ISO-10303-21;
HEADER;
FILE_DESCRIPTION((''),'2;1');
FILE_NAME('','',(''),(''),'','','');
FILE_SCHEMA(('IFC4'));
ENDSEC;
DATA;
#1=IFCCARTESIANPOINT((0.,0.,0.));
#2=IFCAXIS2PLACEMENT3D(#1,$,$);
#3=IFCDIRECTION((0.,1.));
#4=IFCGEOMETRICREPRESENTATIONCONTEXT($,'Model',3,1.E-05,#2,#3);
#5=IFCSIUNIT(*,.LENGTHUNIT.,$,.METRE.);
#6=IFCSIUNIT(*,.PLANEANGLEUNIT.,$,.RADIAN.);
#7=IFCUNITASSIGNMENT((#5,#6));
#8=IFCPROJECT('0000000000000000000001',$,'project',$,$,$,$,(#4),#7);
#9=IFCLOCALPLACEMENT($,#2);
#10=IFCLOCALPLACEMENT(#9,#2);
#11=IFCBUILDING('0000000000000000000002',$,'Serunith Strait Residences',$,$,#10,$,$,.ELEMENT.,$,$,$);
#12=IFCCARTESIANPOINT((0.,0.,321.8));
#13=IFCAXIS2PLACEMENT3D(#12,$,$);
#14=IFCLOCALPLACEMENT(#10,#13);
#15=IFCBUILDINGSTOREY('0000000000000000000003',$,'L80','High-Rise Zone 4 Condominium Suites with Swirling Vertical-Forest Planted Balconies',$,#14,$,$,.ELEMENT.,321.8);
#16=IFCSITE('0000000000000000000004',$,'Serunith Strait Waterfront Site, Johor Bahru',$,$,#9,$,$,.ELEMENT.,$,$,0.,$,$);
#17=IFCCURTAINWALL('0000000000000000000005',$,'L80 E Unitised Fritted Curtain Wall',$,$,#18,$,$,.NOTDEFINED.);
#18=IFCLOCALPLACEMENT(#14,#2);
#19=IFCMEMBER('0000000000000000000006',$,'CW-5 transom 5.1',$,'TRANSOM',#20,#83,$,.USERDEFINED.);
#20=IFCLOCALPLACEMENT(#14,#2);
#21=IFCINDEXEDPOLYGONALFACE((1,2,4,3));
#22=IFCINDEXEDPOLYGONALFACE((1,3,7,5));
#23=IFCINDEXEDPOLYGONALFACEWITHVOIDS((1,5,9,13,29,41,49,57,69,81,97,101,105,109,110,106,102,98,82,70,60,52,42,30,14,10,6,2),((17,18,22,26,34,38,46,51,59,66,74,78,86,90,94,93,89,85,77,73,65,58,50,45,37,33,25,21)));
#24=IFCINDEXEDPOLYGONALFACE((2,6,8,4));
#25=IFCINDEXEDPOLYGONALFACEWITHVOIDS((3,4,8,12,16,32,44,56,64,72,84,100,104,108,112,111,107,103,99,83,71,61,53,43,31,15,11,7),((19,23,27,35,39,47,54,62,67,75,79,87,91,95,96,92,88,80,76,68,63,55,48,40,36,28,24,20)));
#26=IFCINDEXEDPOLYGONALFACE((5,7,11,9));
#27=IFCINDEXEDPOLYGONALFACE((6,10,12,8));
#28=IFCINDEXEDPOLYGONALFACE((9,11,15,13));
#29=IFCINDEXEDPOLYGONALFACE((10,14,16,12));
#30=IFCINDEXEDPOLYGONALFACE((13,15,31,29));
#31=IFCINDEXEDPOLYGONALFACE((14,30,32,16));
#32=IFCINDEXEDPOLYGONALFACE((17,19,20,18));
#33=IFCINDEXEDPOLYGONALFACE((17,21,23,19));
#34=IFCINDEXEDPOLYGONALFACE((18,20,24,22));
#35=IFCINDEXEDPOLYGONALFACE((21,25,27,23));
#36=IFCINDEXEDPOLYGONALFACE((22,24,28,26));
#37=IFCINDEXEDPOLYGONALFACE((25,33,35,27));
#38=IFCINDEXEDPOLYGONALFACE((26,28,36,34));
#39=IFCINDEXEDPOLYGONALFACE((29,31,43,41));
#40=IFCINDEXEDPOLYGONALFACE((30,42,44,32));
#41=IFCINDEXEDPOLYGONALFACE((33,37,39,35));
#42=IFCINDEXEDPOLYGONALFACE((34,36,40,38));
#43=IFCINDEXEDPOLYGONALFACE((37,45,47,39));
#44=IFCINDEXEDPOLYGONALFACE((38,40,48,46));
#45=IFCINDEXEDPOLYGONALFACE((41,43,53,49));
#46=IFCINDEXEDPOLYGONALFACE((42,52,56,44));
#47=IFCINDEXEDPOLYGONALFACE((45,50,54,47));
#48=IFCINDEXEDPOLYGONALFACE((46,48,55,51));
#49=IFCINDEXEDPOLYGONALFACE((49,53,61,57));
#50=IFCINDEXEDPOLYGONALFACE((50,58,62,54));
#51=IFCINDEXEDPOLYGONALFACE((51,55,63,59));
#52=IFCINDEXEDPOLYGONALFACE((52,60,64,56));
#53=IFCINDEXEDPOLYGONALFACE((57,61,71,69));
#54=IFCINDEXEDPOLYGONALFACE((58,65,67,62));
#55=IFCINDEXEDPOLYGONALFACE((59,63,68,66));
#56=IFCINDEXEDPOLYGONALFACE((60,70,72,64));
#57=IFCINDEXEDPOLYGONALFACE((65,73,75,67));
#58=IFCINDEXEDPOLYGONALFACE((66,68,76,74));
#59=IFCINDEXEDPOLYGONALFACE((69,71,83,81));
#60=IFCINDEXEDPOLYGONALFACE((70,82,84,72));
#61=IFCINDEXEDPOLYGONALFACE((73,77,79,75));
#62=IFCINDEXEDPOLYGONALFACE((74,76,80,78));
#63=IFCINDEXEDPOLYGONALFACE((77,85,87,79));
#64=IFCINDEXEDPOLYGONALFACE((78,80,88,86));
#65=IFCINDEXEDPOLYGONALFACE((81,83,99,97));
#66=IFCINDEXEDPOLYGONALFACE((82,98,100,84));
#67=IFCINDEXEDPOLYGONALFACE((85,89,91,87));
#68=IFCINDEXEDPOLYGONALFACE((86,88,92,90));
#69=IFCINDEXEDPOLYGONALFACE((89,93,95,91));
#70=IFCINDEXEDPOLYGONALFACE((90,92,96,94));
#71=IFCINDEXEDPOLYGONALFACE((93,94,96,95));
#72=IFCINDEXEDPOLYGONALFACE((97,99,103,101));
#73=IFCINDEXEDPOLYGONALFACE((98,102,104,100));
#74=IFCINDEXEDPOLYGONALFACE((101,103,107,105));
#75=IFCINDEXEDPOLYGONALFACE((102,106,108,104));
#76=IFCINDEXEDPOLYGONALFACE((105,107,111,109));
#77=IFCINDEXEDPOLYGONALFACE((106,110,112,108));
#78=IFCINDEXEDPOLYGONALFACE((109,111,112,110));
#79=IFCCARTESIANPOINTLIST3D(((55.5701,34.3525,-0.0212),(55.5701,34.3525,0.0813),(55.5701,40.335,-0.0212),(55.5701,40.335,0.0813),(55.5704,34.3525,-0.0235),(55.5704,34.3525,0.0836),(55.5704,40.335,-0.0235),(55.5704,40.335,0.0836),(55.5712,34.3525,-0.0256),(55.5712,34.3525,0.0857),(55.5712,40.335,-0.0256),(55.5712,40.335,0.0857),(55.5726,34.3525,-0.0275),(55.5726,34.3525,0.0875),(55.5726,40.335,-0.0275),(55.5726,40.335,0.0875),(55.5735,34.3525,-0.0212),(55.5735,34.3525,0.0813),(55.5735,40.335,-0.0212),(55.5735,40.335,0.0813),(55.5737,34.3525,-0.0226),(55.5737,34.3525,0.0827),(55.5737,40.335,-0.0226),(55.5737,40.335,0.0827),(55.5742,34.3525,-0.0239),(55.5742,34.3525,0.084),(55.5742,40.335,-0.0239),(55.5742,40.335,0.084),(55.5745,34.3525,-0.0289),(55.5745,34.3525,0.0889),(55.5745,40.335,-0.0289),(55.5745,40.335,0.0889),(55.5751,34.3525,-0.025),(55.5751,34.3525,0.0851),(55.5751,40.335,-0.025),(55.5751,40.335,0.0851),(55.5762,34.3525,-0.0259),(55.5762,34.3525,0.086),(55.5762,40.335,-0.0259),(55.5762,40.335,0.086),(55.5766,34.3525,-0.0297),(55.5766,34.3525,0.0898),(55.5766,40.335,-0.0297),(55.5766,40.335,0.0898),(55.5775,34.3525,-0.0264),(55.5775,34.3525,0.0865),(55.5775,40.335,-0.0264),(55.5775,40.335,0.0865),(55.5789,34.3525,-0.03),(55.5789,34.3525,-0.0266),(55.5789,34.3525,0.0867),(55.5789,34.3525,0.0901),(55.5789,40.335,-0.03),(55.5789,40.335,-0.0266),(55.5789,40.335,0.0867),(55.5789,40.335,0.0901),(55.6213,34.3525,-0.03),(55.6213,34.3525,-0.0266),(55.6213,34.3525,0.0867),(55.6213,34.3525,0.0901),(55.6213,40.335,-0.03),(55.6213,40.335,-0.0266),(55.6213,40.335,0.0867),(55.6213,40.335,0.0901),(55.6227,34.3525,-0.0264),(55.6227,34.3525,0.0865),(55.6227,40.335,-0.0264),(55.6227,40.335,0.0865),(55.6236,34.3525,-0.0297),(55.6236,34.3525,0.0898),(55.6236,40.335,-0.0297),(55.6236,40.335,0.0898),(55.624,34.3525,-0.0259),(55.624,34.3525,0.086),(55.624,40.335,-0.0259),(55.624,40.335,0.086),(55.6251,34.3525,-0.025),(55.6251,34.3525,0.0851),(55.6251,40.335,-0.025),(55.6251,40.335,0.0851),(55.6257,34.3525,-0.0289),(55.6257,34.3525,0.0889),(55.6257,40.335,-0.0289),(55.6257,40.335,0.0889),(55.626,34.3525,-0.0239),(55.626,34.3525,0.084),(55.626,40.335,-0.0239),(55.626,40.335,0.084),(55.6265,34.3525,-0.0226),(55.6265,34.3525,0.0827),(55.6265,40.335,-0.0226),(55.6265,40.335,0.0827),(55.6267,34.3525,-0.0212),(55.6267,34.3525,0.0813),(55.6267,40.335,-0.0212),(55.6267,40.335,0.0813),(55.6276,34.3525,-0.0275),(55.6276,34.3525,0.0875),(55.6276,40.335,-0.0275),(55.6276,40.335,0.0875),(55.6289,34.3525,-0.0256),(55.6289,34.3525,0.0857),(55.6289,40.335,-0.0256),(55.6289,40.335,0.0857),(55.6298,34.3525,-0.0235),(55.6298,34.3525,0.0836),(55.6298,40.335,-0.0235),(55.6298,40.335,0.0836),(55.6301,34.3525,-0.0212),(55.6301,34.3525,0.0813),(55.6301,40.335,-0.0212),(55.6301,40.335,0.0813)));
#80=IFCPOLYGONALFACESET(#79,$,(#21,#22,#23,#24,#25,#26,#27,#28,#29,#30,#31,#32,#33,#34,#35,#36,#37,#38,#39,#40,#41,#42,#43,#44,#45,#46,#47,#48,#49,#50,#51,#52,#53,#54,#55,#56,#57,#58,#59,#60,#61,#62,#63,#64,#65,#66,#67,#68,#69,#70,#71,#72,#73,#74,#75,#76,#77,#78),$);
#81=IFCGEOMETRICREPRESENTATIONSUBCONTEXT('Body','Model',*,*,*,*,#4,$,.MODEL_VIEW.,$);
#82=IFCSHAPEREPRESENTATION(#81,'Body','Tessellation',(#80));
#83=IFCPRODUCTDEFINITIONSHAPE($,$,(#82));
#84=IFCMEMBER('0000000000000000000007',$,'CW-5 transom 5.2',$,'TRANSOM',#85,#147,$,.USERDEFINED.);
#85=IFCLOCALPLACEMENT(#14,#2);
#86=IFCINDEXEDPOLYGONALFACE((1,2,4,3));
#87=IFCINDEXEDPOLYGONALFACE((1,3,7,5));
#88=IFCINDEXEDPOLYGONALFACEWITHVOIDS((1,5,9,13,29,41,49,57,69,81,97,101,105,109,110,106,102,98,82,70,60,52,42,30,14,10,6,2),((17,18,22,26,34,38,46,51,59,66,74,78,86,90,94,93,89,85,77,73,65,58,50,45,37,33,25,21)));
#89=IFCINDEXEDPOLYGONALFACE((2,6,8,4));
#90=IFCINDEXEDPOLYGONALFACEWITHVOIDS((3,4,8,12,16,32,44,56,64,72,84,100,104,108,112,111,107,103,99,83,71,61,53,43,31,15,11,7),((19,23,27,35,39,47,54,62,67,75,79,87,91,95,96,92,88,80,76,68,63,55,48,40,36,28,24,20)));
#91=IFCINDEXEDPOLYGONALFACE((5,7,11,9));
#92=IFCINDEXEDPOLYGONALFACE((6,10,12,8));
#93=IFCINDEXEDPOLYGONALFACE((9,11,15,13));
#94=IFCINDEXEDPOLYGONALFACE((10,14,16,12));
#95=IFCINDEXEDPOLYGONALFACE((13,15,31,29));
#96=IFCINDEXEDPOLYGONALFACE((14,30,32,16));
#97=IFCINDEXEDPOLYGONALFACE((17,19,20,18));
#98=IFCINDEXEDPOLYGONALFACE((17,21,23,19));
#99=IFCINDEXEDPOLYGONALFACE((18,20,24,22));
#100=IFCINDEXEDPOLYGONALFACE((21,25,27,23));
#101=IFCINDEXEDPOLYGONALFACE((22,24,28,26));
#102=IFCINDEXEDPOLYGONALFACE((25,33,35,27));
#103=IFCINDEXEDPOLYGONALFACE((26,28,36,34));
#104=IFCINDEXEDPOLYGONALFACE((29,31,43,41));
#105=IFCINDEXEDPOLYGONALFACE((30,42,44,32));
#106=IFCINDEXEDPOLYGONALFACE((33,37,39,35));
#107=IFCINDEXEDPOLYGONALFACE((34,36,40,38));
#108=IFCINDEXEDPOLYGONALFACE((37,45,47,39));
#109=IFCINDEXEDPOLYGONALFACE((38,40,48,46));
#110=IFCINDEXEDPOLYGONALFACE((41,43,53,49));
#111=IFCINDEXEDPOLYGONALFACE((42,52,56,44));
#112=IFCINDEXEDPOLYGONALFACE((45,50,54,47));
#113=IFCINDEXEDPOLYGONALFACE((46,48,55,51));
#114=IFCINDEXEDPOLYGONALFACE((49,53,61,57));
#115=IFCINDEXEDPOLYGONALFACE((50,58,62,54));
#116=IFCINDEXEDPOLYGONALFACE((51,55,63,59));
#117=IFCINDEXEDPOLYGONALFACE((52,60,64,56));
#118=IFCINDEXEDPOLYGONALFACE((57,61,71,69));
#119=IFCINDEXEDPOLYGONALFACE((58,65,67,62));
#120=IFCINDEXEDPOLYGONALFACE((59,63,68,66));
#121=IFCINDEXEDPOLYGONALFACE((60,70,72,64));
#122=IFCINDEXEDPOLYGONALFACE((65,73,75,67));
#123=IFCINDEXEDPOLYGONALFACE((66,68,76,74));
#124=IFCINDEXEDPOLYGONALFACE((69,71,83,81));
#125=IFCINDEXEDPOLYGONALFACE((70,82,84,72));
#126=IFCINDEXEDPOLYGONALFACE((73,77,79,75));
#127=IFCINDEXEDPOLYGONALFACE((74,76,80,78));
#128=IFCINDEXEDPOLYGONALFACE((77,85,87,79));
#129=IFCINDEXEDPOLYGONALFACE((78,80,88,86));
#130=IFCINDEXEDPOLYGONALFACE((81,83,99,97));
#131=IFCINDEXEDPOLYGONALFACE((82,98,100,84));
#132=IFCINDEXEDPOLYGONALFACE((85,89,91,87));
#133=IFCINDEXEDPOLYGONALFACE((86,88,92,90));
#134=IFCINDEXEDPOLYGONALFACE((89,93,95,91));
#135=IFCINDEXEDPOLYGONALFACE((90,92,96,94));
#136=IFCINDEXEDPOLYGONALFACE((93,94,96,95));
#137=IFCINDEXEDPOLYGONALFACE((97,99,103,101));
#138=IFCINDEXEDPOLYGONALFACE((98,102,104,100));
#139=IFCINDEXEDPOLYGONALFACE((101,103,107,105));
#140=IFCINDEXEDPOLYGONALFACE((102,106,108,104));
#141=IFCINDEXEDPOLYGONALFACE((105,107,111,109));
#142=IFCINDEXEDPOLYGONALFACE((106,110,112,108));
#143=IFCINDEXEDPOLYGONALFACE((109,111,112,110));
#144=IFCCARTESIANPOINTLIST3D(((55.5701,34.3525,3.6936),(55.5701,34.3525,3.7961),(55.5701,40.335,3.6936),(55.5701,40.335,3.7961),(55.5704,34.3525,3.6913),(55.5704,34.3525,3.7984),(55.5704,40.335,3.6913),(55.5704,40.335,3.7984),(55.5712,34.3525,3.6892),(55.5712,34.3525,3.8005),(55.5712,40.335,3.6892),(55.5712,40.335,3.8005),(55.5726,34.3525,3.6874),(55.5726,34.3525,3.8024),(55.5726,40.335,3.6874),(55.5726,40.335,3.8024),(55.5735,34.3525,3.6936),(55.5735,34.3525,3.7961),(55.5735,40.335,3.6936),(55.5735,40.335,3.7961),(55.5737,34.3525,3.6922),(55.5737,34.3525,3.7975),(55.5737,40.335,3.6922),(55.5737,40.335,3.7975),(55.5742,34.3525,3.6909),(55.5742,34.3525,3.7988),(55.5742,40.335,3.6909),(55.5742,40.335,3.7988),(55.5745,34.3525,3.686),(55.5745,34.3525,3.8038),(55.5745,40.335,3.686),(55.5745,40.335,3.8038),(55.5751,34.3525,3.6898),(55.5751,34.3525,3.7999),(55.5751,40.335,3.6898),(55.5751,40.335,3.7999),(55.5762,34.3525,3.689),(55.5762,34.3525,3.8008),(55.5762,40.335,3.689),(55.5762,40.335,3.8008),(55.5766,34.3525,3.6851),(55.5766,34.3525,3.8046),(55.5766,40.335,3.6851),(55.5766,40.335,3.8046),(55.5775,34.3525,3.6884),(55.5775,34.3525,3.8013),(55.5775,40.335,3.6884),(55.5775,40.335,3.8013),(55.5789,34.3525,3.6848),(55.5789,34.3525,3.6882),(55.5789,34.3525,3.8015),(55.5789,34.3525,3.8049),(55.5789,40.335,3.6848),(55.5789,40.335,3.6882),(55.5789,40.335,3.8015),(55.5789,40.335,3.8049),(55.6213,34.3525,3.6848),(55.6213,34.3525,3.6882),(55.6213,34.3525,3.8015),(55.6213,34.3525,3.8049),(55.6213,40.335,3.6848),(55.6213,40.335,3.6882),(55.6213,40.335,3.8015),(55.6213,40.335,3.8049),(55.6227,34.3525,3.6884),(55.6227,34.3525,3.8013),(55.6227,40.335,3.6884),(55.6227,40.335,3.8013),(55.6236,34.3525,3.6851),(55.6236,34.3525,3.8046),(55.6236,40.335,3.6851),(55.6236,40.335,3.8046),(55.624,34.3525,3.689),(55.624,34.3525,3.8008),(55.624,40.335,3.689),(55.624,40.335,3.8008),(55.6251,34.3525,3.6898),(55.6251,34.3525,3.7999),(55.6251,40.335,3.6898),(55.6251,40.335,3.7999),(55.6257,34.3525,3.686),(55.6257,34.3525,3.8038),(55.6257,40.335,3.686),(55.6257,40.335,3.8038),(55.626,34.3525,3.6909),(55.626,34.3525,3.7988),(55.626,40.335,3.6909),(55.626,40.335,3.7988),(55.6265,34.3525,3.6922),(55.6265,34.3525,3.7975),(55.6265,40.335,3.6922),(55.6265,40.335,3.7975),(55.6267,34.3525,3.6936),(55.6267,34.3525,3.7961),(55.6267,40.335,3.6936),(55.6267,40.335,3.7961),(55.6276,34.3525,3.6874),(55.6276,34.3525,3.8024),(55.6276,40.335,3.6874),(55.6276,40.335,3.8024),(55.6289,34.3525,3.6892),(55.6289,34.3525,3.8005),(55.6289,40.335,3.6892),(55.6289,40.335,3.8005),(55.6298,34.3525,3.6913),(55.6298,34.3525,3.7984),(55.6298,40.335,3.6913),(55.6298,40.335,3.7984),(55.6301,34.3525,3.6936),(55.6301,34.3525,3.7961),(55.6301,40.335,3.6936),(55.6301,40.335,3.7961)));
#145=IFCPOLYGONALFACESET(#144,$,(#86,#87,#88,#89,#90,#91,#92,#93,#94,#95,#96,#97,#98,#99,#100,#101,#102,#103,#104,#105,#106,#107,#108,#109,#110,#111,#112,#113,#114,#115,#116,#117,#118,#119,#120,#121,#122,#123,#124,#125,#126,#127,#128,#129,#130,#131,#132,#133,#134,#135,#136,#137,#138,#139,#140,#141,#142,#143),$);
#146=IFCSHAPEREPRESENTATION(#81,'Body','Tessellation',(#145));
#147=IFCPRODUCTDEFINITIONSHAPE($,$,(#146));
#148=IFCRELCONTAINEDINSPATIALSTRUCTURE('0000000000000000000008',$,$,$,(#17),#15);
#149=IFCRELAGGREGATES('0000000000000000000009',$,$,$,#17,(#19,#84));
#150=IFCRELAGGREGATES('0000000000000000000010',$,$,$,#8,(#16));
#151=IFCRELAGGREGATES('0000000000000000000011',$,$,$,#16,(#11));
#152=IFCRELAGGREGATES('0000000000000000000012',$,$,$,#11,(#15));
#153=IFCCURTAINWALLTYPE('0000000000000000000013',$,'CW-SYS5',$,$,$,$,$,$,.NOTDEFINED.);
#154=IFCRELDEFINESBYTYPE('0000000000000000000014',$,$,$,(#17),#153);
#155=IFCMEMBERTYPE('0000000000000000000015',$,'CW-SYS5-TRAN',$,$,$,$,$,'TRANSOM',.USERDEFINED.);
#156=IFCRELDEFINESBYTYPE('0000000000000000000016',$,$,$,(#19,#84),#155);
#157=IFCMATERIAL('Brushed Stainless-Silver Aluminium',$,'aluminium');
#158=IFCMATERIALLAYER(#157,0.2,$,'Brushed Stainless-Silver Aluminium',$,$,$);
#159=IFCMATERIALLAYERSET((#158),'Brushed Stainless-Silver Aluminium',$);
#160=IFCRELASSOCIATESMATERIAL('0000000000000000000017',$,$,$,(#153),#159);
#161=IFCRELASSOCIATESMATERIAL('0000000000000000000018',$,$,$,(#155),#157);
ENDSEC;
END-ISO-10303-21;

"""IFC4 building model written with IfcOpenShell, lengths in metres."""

from ifc_helpers import new_model, si_unit, direction, frame, origin, origin_2d, place, context, subcontext, project, spatial, hollow_rectangle, extrude, source, transform, mapped, material, layer, layer_set, material_profile, profile_set, type_object, element, aggregate, save


model = new_model("IFC4")

# Units and contexts
model_context = context("Model", 3, precision=1e-05, world=origin(), true_north=direction((0.0, 1.0)))
body_context = subcontext(model_context, "Body", "Model", "MODEL_VIEW")
ifc_project = project(units=[si_unit("LENGTHUNIT", "METRE"), si_unit("PLANEANGLEUNIT", "RADIAN")], contexts=[model_context])

# Site, building, storey
site_placement = place(None, origin())
site = spatial("IfcSite", under=ifc_project, at=site_placement, Name="Serunith Strait Waterfront Site, Johor Bahru", CompositionType="ELEMENT", RefElevation=0.0)
building_placement = place(site_placement, origin())
building = spatial("IfcBuilding", under=site, at=building_placement, Name="Serunith Strait Residences", CompositionType="ELEMENT")
storey_placement = place(building_placement, frame((0.0, 0.0, 321.8)))
storey = spatial("IfcBuildingStorey", under=building, at=storey_placement, Name="L80", Description="High-Rise Zone 4 Condominium Suites with Swirling Vertical-Forest Planted Balconies", CompositionType="ELEMENT", Elevation=321.8)

# Curtain wall, members
ifc_material_1 = material(Name="Brushed Stainless-Silver Aluminium", Category="aluminium")
ifc_layer_1 = layer(ifc_material_1, 0.2, Name="Brushed Stainless-Silver Aluminium")
ifc_layer_set_1 = layer_set([ifc_layer_1], Name="Brushed Stainless-Silver Aluminium")
curtain_wall_type = type_object("IfcCurtainWallType", Name="CW-SYS5", PredefinedType="NOTDEFINED", material=ifc_layer_set_1)
curtain_wall_placement = place(storey_placement, origin())
curtain_wall = element("IfcCurtainWall", 1, at=curtain_wall_placement, inside=storey, type_object=curtain_wall_type, Name="L80 E Unitised Fritted Curtain Wall", PredefinedType="NOTDEFINED")
ifc_material_profile_1 = material_profile(ifc_material_1, hollow_rectangle(XDim=0.0601, YDim=0.1201, WallThickness=0.0034, InnerFilletRadius=0.0054, OuterFilletRadius=0.0088, at=origin_2d()), Name="ALU 120x60x3.5")
ifc_profile_set_1 = profile_set([ifc_material_profile_1], Name="Brushed Stainless-Silver Aluminium")
member_type_1 = type_object("IfcMemberType", Name="CW-SYS5-TRAN", ElementType="TRANSOM", PredefinedType="USERDEFINED", material=ifc_profile_set_1)
shared_shape_1 = source(origin(), body_context, "Body", "SweptSolid", [
    extrude(hollow_rectangle(XDim=0.0601, YDim=0.1201, WallThickness=0.0034, InnerFilletRadius=0.0054, OuterFilletRadius=0.0088, at=origin_2d()), origin(), (0.0, 0.0, 1.0), 5.9824),
])
member_1_placement = place(storey_placement, frame((55.6001, 34.3525, 0.03), z_axis=(0.0, 1.0, 0.0), x_axis=(-1.0, 0.0, 0.0)))
member_1 = element("IfcMember", 2, at=member_1_placement, type_object=member_type_1, Name="CW-5 transom 5.1", ObjectType="TRANSOM", PredefinedType="USERDEFINED", context=body_context, shape_type="MappedRepresentation", body=[
    mapped(shared_shape_1, transform((0.0, 0.0, 0.0), scale=1.0)),
])
member_2_placement = place(storey_placement, frame((55.6001, 34.3525, 3.7449), z_axis=(0.0, 1.0, 0.0), x_axis=(-1.0, 0.0, 0.0)))
member_2 = element("IfcMember", 3, at=member_2_placement, type_object=member_type_1, Name="CW-5 transom 5.2", ObjectType="TRANSOM", PredefinedType="USERDEFINED", context=body_context, shape_type="MappedRepresentation", body=[
    mapped(shared_shape_1, transform((0.0, 0.0, 0.0), scale=1.0)),
])
aggregate(curtain_wall, [member_1, member_2])

save(model, "model.ifc")
